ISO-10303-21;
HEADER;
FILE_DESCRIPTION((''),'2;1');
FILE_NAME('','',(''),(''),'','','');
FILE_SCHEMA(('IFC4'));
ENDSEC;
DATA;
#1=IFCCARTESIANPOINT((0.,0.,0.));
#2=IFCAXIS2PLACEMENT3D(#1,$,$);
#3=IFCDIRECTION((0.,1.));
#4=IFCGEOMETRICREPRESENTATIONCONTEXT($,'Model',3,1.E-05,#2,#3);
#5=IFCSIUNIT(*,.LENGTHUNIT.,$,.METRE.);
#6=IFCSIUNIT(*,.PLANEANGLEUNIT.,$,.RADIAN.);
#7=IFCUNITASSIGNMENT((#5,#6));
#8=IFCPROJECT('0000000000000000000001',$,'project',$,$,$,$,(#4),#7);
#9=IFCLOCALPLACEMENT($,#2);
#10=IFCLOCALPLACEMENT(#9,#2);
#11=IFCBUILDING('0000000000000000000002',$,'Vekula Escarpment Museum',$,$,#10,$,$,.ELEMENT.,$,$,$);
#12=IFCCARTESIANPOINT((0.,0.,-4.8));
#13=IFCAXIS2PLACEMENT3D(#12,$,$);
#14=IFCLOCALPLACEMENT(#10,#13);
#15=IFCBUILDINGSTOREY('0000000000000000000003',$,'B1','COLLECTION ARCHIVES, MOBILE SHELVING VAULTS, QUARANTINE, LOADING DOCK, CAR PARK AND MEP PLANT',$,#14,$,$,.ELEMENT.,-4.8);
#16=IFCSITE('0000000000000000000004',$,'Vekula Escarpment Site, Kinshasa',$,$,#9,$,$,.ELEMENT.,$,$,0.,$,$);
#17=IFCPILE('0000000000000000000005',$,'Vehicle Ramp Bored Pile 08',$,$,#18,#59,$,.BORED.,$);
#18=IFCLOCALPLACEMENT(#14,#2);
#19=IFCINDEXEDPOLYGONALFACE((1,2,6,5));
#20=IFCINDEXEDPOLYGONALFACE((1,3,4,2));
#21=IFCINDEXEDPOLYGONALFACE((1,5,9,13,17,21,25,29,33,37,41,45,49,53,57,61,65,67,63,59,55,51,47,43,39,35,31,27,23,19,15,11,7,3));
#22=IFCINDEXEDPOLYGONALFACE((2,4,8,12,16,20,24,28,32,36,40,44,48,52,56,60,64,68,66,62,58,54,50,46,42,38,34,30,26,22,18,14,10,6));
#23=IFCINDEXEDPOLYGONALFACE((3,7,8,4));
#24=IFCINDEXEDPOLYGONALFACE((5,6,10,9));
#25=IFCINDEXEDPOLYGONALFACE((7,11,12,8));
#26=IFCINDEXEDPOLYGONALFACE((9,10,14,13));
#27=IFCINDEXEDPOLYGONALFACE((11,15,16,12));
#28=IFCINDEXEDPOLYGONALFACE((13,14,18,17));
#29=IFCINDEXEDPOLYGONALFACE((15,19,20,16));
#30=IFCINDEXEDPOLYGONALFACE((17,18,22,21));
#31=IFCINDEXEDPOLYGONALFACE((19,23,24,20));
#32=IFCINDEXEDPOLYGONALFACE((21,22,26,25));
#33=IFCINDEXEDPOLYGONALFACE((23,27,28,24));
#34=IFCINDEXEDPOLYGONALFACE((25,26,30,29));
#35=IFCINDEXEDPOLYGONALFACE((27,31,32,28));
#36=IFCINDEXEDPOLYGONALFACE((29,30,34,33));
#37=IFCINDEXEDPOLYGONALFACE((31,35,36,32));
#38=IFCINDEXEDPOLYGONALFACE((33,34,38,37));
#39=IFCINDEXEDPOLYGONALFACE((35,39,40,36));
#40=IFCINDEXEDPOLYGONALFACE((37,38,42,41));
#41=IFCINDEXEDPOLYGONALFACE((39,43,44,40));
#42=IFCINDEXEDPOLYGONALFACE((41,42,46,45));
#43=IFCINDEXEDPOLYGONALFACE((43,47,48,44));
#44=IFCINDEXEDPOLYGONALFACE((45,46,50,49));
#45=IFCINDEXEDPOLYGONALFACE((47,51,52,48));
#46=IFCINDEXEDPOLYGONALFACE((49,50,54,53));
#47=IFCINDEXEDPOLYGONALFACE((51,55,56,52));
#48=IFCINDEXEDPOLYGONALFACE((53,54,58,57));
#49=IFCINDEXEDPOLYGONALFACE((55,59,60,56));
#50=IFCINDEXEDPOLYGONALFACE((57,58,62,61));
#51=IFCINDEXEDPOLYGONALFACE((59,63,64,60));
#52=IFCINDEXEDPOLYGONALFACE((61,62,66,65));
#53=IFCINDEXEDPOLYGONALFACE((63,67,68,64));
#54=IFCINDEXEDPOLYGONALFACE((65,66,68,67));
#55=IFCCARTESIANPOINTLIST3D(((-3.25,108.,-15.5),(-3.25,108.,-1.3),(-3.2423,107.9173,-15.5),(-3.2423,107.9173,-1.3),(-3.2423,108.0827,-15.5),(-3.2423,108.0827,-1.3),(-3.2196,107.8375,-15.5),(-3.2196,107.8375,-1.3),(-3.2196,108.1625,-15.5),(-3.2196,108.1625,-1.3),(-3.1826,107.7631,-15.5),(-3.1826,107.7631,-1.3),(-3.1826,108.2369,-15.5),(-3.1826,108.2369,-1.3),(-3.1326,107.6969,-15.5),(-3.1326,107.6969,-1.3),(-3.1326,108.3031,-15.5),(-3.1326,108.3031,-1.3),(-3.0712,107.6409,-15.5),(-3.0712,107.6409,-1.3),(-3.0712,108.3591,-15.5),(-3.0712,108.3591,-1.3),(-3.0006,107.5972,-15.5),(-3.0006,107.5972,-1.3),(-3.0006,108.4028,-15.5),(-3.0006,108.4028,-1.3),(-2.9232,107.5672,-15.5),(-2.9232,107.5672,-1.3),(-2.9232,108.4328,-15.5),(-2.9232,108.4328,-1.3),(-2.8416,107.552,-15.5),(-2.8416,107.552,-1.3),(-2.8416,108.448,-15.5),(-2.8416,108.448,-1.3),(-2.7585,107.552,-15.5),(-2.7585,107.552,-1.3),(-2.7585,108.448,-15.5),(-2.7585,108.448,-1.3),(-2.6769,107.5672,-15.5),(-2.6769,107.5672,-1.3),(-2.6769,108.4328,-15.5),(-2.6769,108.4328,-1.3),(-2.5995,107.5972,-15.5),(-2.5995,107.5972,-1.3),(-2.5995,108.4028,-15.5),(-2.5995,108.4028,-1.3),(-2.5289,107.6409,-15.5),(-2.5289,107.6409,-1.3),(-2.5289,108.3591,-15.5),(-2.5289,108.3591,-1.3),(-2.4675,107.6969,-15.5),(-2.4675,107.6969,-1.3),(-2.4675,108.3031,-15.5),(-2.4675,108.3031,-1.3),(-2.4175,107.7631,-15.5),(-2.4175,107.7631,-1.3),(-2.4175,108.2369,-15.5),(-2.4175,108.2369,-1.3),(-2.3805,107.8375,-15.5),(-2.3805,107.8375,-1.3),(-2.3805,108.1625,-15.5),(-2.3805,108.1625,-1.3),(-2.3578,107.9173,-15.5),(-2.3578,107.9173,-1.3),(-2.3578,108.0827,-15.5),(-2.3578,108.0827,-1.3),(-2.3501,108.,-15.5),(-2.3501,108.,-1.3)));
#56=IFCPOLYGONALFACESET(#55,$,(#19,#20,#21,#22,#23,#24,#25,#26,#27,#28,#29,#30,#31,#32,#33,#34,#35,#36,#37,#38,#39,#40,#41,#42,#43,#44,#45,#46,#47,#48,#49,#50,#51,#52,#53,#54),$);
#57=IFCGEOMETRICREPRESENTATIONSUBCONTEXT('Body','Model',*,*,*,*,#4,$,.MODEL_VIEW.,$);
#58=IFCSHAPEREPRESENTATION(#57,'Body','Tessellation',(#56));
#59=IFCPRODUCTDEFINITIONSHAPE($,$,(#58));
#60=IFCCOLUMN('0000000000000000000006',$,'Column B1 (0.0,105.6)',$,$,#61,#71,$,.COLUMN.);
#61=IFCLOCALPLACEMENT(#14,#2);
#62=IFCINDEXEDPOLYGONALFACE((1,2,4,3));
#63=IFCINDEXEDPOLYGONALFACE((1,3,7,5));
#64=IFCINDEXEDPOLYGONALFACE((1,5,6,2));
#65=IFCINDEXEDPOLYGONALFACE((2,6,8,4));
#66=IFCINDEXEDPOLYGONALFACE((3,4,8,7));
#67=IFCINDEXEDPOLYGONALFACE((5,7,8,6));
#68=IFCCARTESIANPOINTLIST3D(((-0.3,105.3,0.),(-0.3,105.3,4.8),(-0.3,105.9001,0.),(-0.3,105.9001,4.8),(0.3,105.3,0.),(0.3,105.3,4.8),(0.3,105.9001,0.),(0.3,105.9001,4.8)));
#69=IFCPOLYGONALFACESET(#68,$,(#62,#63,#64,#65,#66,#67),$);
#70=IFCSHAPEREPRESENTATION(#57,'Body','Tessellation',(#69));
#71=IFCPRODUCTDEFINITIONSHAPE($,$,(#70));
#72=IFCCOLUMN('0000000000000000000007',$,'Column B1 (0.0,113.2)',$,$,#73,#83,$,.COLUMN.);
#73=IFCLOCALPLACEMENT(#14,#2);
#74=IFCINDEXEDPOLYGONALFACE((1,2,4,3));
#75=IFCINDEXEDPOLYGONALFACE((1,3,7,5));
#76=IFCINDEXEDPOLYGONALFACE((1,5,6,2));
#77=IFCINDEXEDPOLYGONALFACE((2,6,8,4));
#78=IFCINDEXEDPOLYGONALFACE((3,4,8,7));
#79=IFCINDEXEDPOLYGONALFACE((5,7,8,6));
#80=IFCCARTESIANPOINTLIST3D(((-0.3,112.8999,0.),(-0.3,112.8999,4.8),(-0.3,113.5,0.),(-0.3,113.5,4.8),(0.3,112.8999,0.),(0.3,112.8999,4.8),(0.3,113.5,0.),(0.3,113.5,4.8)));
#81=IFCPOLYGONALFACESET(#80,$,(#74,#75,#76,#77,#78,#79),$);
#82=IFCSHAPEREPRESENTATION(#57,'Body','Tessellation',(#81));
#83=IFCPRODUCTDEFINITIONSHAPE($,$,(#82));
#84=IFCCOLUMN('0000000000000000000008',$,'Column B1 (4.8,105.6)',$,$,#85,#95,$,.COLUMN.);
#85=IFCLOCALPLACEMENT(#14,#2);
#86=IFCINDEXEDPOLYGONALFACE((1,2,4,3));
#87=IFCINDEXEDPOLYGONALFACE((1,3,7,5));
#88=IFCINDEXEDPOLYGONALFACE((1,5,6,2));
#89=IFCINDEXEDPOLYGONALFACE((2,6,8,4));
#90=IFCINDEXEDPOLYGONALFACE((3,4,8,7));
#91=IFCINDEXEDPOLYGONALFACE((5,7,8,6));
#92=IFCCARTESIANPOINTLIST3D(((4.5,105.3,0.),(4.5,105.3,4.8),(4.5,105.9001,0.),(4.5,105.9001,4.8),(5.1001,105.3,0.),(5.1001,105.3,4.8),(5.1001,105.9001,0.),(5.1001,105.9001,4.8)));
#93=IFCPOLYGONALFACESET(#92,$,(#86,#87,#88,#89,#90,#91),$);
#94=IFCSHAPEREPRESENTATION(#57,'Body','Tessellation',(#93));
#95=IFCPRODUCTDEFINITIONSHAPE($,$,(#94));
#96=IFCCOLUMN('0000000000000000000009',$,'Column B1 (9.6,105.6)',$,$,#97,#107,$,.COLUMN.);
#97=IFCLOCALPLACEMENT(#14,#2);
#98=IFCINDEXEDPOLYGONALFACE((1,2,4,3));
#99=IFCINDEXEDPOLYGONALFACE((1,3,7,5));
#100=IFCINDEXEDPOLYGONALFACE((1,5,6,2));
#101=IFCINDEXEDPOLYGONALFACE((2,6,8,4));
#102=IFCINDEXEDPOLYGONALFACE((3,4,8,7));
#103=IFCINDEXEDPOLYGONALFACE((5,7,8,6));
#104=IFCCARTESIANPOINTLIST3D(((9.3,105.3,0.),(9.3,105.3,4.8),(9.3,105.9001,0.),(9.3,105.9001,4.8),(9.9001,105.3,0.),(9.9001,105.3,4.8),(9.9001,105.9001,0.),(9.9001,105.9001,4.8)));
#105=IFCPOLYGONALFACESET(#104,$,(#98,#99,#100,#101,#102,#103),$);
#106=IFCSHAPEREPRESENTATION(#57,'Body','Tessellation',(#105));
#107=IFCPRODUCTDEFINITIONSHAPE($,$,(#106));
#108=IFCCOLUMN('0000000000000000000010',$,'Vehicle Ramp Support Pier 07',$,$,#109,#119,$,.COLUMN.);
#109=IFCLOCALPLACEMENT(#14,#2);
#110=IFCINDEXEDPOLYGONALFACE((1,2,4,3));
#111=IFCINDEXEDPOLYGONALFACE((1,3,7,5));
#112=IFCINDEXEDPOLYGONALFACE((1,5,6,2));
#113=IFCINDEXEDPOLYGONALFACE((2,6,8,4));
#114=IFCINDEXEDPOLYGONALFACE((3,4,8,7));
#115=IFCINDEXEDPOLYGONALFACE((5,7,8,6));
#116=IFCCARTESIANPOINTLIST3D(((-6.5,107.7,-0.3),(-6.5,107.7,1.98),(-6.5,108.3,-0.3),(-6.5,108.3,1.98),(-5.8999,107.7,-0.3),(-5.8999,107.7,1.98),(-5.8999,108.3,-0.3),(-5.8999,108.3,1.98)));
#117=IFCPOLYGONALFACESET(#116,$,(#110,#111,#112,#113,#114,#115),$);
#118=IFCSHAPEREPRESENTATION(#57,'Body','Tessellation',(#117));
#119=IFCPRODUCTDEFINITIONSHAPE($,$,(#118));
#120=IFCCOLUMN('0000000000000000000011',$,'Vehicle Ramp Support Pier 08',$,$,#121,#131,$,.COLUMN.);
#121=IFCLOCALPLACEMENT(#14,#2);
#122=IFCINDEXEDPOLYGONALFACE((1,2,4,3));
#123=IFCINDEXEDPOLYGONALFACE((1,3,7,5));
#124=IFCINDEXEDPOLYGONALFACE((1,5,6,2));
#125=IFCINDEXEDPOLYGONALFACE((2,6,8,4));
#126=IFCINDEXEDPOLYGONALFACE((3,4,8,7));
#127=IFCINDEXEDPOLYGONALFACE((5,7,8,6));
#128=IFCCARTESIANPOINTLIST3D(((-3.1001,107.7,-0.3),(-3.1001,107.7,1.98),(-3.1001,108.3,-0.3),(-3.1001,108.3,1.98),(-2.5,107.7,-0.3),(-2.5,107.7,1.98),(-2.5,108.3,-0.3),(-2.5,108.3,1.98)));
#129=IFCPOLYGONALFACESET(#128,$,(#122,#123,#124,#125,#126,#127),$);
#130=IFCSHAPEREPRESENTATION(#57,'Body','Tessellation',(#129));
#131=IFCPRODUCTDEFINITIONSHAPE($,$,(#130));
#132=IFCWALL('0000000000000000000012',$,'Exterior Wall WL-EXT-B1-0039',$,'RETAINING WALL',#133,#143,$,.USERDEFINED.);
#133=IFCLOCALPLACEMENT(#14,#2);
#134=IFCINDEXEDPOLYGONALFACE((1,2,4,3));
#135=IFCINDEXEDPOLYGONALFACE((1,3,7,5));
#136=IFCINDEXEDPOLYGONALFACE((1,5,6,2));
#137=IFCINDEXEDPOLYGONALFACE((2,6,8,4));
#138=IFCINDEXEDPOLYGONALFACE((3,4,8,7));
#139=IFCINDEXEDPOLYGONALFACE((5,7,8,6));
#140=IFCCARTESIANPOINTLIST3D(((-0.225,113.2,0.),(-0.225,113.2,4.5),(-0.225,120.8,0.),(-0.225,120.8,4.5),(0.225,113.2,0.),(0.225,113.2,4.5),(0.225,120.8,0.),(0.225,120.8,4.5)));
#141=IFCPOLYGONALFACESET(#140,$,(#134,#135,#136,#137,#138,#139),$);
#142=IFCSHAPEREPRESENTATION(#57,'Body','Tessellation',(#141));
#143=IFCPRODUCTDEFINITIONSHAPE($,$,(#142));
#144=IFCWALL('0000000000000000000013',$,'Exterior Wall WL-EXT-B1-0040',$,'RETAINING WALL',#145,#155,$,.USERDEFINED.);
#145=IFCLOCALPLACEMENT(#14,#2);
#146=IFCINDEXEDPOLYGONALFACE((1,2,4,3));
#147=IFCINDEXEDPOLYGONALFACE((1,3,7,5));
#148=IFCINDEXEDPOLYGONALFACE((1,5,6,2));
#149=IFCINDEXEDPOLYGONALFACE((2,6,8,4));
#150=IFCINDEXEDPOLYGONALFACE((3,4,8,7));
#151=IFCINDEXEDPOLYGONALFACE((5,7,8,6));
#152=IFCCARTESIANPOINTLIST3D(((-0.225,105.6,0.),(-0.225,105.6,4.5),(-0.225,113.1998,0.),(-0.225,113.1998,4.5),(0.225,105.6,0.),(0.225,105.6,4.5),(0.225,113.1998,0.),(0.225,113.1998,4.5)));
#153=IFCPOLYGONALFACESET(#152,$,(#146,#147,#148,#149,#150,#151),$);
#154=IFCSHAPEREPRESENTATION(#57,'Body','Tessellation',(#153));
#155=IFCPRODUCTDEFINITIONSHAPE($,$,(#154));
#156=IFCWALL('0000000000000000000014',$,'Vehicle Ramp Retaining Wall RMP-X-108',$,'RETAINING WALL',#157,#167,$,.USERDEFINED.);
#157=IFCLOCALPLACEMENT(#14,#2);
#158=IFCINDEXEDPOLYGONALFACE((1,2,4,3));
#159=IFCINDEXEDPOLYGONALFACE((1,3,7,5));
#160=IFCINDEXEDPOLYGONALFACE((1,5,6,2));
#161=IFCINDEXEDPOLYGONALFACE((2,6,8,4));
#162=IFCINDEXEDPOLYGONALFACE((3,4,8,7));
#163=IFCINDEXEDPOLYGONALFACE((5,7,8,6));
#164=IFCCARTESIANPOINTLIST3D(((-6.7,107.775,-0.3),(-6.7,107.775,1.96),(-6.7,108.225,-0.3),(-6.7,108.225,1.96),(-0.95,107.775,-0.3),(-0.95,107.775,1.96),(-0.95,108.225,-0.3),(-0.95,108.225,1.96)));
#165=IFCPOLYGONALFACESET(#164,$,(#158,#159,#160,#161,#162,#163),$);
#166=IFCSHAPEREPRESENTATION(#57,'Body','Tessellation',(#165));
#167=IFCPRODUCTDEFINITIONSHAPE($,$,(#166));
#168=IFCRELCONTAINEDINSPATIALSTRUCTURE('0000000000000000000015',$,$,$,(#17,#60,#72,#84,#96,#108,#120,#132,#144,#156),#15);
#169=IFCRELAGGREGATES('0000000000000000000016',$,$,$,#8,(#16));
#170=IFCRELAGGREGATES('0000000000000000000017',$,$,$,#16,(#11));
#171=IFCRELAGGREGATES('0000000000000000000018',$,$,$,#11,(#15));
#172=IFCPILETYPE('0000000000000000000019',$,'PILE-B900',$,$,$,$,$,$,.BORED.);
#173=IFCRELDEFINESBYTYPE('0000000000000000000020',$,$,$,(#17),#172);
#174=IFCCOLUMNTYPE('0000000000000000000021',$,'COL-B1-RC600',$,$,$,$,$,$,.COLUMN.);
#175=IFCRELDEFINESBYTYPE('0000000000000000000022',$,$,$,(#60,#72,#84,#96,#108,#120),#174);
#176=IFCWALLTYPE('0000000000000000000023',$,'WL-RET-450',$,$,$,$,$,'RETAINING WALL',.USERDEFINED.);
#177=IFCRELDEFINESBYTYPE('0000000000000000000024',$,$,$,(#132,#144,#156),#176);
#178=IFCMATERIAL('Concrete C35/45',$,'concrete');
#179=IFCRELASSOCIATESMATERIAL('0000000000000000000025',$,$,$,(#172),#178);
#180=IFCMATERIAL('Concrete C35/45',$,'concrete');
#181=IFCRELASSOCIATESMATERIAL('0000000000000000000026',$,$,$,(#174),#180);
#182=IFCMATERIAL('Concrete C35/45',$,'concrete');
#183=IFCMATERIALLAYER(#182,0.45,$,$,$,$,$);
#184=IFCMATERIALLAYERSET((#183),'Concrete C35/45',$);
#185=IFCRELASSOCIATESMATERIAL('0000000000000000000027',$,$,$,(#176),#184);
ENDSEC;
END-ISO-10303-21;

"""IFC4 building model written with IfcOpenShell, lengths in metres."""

from ifc_helpers import new_model, si_unit, direction, frame, frame_2d, origin, origin_2d, place, context, subcontext, project, spatial, rectangle, circle, extrude, material, layer, layer_set, material_profile, profile_set, type_object, element, save


model = new_model("IFC4")

# Units and contexts
model_context = context("Model", 3, precision=1e-05, world=origin(), true_north=direction((0.0, 1.0)))
body_context = subcontext(model_context, "Body", "Model", "MODEL_VIEW")
ifc_project = project(units=[si_unit("LENGTHUNIT", "METRE"), si_unit("PLANEANGLEUNIT", "RADIAN")], contexts=[model_context])

# Site, building, storey
site_placement = place(None, origin())
site = spatial("IfcSite", under=ifc_project, at=site_placement, Name="Vekula Escarpment Site, Kinshasa", CompositionType="ELEMENT", RefElevation=0.0)
building_placement = place(site_placement, origin())
building = spatial("IfcBuilding", under=site, at=building_placement, Name="Vekula Escarpment Museum", CompositionType="ELEMENT")
storey_placement = place(building_placement, frame((0.0, 0.0, -4.8)))
storey = spatial("IfcBuildingStorey", under=building, at=storey_placement, Name="B1", Description="COLLECTION ARCHIVES, MOBILE SHELVING VAULTS, QUARANTINE, LOADING DOCK, CAR PARK AND MEP PLANT", CompositionType="ELEMENT", Elevation=-4.8)

# Pile
ifc_material_1 = material(Name="Concrete C35/45", Category="concrete")
ifc_material_profile_1 = material_profile(ifc_material_1, circle(Radius=0.45, at=origin_2d()), Name="BORED PILE 900")
ifc_profile_set_1 = profile_set([ifc_material_profile_1], Name="Concrete C35/45")
pile_type = type_object("IfcPileType", Name="PILE-B900", PredefinedType="BORED", material=ifc_profile_set_1)
for number, where, z_axis, x_axis, name in (
    (1, (-2.8, 108.0, -1.3), (0.0, 0.0, -1.0), (1.0, 0.0, 0.0), "Vehicle Ramp Bored Pile 08"),
):
    element("IfcPile", number, at=place(storey_placement, frame(where, z_axis=z_axis, x_axis=x_axis)), inside=storey, type_object=pile_type, Name=name, PredefinedType="BORED", context=body_context, shape_type="SweptSolid", body=[
        extrude(circle(Radius=0.45, at=origin_2d()), origin(), (0.0, 0.0, 1.0), 14.2),
    ])

# Columns
ifc_material_2 = material(Name="Concrete C35/45", Category="concrete")
ifc_material_profile_2 = material_profile(ifc_material_2, rectangle(XDim=0.6001, YDim=0.6001, at=origin_2d()), Name="RC 600x600")
ifc_profile_set_2 = profile_set([ifc_material_profile_2], Name="Concrete C35/45")
column_type = type_object("IfcColumnType", Name="COL-B1-RC600", PredefinedType="COLUMN", material=ifc_profile_set_2)
for number, where, z_axis, x_axis, name in (
    (2, (0.0, 105.6001, 0.0), (0.0, 0.0, 1.0), (1.0, 0.0, 0.0), "Column B1 (0.0,105.6)"),
    (3, (0.0, 113.2, 0.0), (0.0, 0.0, 1.0), (1.0, 0.0, 0.0), "Column B1 (0.0,113.2)"),
    (4, (4.8, 105.6001, 0.0), (0.0, 0.0, 1.0), (1.0, 0.0, 0.0), "Column B1 (4.8,105.6)"),
    (5, (9.6001, 105.6001, 0.0), (0.0, 0.0, 1.0), (1.0, 0.0, 0.0), "Column B1 (9.6,105.6)"),
):
    element("IfcColumn", number, at=place(storey_placement, frame(where, z_axis=z_axis, x_axis=x_axis)), inside=storey, type_object=column_type, Name=name, PredefinedType="COLUMN", context=body_context, shape_type="SweptSolid", body=[
        extrude(rectangle(XDim=0.6001, YDim=0.6001, at=origin_2d()), origin(), (0.0, 0.0, 1.0), 4.8),
    ])
for number, where, z_axis, x_axis, name in (
    (6, (-6.2, 108.0, -0.3), (0.0, 0.0, 1.0), (1.0, 0.0, 0.0), "Vehicle Ramp Support Pier 07"),
    (7, (-2.8, 108.0, -0.3), (0.0, 0.0, 1.0), (1.0, 0.0, 0.0), "Vehicle Ramp Support Pier 08"),
):
    element("IfcColumn", number, at=place(storey_placement, frame(where, z_axis=z_axis, x_axis=x_axis)), inside=storey, type_object=column_type, Name=name, PredefinedType="COLUMN", context=body_context, shape_type="SweptSolid", body=[
        extrude(rectangle(XDim=0.6001, YDim=0.6001, at=origin_2d()), origin(), (0.0, 0.0, 1.0), 2.28),
    ])

# Walls
ifc_material_3 = material(Name="Concrete C35/45", Category="concrete")
ifc_layer = layer(ifc_material_3, 0.45)
ifc_layer_set = layer_set([ifc_layer], Name="Concrete C35/45")
wall_type = type_object("IfcWallType", Name="WL-RET-450", ElementType="RETAINING WALL", PredefinedType="USERDEFINED", material=ifc_layer_set)
wall_1_placement = place(storey_placement, frame((0.0, 113.2, 0.0), z_axis=(0.0, 0.0, 1.0), x_axis=(0.0, 1.0, 0.0)))
element("IfcWall", 8, at=wall_1_placement, inside=storey, type_object=wall_type, Name="Exterior Wall WL-EXT-B1-0039", ObjectType="RETAINING WALL", PredefinedType="USERDEFINED", context=body_context, shape_type="SweptSolid", body=[
    extrude(rectangle(XDim=7.6001, YDim=0.45, at=frame_2d((3.8, 0.0))), origin(), (0.0, 0.0, 1.0), 4.5),
])
wall_2_placement = place(storey_placement, frame((0.0, 105.6001, 0.0), z_axis=(0.0, 0.0, 1.0), x_axis=(0.0, 1.0, 0.0)))
element("IfcWall", 9, at=wall_2_placement, inside=storey, type_object=wall_type, Name="Exterior Wall WL-EXT-B1-0040", ObjectType="RETAINING WALL", PredefinedType="USERDEFINED", context=body_context, shape_type="SweptSolid", body=[
    extrude(rectangle(XDim=7.5999, YDim=0.45, at=frame_2d((3.7998, 0.0))), origin(), (0.0, 0.0, 1.0), 4.5),
])
wall_3_placement = place(storey_placement, frame((-6.7, 108.0, -0.3), z_axis=(0.0, 0.0, 1.0), x_axis=(1.0, 0.0, 0.0)))
element("IfcWall", 10, at=wall_3_placement, inside=storey, type_object=wall_type, Name="Vehicle Ramp Retaining Wall RMP-X-108", ObjectType="RETAINING WALL", PredefinedType="USERDEFINED", context=body_context, shape_type="SweptSolid", body=[
    extrude(rectangle(XDim=5.75, YDim=0.45, at=frame_2d((2.875, 0.0))), origin(), (0.0, 0.0, 1.0), 2.26),
])

save(model, "model.ifc")
